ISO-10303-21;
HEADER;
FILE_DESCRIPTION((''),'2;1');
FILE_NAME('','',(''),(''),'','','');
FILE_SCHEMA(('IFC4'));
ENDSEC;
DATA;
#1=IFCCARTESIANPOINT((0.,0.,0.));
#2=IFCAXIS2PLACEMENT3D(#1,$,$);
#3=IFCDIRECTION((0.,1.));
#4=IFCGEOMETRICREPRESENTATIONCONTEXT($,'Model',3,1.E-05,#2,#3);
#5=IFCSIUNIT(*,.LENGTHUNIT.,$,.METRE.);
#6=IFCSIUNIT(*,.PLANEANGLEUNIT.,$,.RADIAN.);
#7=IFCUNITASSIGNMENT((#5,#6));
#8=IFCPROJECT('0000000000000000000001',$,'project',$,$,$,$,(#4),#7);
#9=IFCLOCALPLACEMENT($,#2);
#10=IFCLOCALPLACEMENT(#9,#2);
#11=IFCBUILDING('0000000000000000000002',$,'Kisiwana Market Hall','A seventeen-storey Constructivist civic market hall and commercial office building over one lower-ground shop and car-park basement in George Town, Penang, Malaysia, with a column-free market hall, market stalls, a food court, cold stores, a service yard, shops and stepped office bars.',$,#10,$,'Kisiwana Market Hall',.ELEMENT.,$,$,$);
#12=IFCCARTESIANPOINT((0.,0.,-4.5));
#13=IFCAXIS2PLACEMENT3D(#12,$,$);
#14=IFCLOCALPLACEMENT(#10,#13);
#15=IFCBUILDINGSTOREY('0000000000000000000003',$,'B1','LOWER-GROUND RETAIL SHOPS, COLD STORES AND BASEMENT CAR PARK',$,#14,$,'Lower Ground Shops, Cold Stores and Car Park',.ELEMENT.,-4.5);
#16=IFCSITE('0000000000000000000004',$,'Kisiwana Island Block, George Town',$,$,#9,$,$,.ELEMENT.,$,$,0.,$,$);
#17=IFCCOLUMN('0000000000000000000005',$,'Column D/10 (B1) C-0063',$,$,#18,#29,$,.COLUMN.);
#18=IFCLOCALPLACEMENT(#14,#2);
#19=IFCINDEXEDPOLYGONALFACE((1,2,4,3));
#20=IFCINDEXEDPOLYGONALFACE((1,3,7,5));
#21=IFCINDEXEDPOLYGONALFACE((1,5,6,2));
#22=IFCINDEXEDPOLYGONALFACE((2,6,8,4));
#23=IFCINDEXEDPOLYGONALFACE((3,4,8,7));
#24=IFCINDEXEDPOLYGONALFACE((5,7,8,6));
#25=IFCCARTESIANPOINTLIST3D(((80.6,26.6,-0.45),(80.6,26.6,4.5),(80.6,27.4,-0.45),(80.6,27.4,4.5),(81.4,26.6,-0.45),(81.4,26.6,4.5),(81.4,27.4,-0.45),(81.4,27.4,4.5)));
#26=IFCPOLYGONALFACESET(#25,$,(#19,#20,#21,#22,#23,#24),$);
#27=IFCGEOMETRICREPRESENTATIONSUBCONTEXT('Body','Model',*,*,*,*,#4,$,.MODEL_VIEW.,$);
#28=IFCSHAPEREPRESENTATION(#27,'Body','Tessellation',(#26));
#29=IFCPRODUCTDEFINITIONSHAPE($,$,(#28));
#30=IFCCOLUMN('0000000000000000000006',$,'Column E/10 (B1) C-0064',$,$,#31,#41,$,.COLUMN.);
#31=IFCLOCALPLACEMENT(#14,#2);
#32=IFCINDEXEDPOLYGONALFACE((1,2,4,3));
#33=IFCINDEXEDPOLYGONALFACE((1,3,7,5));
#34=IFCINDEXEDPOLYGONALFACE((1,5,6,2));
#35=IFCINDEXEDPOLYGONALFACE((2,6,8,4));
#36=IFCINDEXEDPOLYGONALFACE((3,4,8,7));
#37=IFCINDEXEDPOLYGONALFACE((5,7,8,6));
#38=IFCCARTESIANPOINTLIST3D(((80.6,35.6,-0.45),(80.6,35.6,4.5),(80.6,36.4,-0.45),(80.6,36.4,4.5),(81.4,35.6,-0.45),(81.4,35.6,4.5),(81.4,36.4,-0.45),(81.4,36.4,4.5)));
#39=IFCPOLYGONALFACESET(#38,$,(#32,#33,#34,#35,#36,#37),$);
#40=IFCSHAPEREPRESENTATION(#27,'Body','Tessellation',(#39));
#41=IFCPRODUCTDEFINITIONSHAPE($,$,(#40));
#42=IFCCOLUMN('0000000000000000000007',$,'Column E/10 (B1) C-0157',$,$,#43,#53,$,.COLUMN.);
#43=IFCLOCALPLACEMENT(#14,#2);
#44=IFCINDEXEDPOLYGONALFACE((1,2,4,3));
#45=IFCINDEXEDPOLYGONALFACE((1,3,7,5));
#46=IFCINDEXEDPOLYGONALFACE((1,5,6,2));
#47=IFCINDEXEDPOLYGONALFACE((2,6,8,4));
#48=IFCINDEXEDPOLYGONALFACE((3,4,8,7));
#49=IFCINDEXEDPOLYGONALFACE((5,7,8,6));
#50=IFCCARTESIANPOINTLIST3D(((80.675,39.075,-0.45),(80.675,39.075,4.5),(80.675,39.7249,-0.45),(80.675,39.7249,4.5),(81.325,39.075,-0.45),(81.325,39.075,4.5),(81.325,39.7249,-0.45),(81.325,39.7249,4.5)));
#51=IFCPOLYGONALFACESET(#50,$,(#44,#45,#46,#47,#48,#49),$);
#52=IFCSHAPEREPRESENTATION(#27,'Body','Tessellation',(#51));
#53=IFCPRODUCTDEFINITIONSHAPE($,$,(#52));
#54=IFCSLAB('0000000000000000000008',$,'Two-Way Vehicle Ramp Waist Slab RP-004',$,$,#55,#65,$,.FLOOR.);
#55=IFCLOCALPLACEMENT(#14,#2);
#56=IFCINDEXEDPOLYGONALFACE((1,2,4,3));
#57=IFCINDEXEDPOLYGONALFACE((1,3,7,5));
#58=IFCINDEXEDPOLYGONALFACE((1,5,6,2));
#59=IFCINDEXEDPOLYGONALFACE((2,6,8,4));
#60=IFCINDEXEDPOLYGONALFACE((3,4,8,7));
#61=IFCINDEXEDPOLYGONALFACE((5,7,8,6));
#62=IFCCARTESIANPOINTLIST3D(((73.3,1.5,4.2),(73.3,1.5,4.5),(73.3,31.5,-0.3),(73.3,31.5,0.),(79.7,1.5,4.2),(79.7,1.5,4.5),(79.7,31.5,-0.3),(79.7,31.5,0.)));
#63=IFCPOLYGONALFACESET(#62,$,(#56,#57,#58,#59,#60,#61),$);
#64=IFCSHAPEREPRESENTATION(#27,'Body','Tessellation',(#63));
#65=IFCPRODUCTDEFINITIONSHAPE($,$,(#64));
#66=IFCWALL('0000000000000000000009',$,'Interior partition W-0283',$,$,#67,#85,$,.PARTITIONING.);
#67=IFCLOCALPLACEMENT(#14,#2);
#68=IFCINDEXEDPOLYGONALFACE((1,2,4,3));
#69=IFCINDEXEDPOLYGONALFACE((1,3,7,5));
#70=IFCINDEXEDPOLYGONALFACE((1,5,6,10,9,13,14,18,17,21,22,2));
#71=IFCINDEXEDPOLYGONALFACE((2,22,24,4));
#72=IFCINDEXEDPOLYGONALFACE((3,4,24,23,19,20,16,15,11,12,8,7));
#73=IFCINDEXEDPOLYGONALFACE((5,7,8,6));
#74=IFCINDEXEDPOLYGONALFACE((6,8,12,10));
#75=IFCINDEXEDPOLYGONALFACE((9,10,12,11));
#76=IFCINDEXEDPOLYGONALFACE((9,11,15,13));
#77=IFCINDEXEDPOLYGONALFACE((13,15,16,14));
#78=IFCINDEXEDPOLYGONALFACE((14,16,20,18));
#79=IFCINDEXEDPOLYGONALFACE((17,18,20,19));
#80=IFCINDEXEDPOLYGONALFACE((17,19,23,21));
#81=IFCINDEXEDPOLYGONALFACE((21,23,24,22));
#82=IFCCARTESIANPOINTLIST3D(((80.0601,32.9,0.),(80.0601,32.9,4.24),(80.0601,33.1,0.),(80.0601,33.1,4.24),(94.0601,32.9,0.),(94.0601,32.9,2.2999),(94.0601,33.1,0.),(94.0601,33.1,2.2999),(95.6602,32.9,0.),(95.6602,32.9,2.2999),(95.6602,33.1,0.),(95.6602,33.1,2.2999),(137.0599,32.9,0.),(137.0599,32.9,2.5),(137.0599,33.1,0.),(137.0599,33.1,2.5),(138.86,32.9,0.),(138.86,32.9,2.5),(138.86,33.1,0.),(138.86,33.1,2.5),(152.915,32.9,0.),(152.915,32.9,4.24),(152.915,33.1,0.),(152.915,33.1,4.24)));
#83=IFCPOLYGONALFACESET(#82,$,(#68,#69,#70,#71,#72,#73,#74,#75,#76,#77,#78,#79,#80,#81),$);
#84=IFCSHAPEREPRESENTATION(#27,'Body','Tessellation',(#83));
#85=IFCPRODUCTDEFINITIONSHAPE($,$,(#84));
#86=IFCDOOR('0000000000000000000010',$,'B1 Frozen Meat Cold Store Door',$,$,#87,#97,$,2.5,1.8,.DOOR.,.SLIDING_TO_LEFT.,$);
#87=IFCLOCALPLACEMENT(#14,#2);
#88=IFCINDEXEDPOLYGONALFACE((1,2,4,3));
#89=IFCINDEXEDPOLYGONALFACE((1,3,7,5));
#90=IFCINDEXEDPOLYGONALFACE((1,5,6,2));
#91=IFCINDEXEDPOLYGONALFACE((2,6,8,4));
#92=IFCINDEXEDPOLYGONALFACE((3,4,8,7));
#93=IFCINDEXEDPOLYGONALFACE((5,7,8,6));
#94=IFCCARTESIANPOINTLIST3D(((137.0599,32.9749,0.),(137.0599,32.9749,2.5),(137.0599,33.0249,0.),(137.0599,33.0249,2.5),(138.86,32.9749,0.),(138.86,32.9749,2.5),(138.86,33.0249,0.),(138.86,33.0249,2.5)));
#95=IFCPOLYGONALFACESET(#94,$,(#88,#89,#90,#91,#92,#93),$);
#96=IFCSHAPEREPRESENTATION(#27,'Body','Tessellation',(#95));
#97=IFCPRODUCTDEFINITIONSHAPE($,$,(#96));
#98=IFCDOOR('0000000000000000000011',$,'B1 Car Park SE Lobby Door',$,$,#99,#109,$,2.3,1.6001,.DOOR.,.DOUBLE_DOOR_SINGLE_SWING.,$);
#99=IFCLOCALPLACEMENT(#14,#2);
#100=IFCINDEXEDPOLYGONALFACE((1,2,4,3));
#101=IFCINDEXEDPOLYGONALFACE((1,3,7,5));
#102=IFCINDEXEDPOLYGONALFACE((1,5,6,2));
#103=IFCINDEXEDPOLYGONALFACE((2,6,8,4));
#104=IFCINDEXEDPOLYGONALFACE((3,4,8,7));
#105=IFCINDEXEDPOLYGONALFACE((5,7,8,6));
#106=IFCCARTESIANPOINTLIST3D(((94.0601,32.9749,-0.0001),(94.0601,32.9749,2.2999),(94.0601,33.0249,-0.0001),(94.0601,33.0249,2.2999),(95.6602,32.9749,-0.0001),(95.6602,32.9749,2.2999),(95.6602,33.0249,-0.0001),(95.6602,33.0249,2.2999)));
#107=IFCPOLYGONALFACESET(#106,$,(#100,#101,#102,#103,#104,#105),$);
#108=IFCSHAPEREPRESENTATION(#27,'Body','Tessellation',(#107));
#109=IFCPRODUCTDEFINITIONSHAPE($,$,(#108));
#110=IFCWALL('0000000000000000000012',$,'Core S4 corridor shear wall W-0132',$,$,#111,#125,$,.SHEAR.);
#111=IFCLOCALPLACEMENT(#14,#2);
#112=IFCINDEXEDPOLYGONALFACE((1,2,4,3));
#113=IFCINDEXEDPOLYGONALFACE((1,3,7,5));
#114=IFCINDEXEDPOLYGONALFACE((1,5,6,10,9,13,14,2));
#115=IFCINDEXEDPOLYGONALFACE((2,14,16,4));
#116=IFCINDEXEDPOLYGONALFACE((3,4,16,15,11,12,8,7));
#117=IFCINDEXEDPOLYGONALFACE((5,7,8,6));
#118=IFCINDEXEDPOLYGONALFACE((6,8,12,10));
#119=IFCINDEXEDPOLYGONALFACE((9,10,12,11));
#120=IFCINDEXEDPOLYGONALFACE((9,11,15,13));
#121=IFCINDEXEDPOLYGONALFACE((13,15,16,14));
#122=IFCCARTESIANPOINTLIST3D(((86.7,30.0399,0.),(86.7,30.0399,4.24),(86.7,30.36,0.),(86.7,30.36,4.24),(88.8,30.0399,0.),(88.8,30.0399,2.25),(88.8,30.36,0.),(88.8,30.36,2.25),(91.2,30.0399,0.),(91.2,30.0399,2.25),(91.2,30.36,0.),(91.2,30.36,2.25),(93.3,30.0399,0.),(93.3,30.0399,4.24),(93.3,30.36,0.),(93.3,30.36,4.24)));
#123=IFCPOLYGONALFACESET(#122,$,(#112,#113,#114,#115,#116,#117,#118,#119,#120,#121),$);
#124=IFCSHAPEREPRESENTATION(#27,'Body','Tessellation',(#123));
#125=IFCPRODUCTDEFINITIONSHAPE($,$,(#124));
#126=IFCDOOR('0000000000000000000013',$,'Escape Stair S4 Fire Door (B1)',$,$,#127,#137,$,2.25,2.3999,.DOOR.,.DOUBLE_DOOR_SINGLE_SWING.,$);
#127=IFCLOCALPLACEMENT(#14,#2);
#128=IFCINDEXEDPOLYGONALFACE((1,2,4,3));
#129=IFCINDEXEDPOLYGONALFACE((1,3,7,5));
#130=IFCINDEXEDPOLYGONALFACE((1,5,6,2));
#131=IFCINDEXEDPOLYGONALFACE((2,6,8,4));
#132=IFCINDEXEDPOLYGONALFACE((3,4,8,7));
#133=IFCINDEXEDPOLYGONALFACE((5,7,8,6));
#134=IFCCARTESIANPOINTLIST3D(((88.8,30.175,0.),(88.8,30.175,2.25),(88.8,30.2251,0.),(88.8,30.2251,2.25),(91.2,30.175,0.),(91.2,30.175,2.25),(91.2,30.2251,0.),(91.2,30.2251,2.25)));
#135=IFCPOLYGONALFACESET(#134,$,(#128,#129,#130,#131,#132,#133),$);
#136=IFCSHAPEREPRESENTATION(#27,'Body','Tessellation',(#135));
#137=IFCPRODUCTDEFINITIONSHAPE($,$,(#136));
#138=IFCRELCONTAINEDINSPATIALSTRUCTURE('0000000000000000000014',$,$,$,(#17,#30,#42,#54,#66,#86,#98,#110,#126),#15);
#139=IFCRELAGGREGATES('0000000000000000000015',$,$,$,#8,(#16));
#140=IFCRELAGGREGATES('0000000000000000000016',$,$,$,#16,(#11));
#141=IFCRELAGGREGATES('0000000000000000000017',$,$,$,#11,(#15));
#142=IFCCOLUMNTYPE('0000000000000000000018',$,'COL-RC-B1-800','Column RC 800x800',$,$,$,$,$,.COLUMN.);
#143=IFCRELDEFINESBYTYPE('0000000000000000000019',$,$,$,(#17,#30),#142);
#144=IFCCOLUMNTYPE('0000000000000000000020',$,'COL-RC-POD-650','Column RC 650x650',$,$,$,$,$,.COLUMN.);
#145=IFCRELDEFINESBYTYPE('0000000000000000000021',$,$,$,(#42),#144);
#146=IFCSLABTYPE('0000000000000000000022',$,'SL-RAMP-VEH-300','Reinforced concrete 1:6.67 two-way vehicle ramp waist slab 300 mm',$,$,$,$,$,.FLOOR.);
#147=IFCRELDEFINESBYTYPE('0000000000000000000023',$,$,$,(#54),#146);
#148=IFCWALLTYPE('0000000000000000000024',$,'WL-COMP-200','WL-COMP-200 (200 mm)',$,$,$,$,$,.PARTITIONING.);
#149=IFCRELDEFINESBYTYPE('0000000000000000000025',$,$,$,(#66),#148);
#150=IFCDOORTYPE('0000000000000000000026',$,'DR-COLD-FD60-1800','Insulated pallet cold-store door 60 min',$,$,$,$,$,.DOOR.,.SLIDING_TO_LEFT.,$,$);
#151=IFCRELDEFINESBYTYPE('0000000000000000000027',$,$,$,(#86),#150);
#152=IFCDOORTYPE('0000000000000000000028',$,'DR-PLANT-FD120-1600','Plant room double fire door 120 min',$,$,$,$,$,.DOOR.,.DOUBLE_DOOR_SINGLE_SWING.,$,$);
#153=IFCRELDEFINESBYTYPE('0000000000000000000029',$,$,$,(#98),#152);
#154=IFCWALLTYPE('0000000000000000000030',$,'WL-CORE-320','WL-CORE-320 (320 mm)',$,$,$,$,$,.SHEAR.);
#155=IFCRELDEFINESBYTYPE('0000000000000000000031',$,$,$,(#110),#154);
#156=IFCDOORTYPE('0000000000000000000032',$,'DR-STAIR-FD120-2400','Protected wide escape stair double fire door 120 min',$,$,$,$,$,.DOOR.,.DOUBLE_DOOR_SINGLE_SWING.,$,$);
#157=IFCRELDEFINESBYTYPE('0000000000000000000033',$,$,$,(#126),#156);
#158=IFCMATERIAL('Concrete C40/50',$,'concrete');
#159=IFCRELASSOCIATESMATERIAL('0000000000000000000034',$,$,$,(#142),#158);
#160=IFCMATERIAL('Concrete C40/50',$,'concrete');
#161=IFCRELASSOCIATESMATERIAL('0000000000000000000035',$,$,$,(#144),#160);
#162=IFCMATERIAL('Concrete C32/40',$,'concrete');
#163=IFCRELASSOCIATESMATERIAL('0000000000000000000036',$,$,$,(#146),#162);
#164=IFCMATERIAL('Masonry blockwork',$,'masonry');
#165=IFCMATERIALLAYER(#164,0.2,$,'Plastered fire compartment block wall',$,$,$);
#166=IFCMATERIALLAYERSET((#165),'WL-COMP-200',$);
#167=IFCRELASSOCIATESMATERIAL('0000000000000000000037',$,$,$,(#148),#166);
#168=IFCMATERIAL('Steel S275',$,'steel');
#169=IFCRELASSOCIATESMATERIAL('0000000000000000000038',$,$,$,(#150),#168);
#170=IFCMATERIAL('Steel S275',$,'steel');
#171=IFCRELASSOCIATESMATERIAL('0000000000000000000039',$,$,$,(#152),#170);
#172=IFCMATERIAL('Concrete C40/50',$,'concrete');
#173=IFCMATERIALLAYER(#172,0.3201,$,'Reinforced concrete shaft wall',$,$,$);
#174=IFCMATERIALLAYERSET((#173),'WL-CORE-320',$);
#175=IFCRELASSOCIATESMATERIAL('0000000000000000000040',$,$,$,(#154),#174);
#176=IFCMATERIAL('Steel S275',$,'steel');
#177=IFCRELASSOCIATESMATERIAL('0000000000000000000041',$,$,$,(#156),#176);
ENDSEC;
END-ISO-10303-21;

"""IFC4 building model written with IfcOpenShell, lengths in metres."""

from ifc_helpers import new_model, si_unit, direction, frame, frame_2d, origin, origin_2d, place, context, subcontext, project, spatial, polyline, rectangle, outline, extrude, material, layer, layer_set, material_profile, profile_set, type_object, element, fill, save


model = new_model("IFC4")

# Units and contexts
model_context = context("Model", 3, precision=1e-05, world=origin(), true_north=direction((0.0, 1.0)))
body_context = subcontext(model_context, "Body", "Model", "MODEL_VIEW")
ifc_project = project(units=[si_unit("LENGTHUNIT", "METRE"), si_unit("PLANEANGLEUNIT", "RADIAN")], contexts=[model_context])

# Site, building, storey
site_placement = place(None, origin())
site = spatial("IfcSite", under=ifc_project, at=site_placement, Name="Kisiwana Island Block, George Town", CompositionType="ELEMENT", RefElevation=0.0)
building_placement = place(site_placement, origin())
building = spatial("IfcBuilding", under=site, at=building_placement, Name="Kisiwana Market Hall", Description="A seventeen-storey Constructivist civic market hall and commercial office building over one lower-ground shop and car-park basement in George Town, Penang, Malaysia, with a column-free market hall, market stalls, a food court, cold stores, a service yard, shops and stepped office bars.", LongName="Kisiwana Market Hall", CompositionType="ELEMENT")
storey_placement = place(building_placement, frame((0.0, 0.0, -4.5)))
storey = spatial("IfcBuildingStorey", under=building, at=storey_placement, Name="B1", Description="LOWER-GROUND RETAIL SHOPS, COLD STORES AND BASEMENT CAR PARK", LongName="Lower Ground Shops, Cold Stores and Car Park", CompositionType="ELEMENT", Elevation=-4.5)

# Columns
ifc_material_1 = material(Name="Concrete C40/50", Category="concrete")
ifc_material_profile_1 = material_profile(ifc_material_1, rectangle(XDim=0.8, YDim=0.8, at=origin_2d()), Name="RC 800x800")
ifc_profile_set_1 = profile_set([ifc_material_profile_1], Name="Concrete C40/50")
column_type_1 = type_object("IfcColumnType", Name="COL-RC-B1-800", Description="Column RC 800x800", PredefinedType="COLUMN", material=ifc_profile_set_1)
for number, where, z_axis, x_axis, name in (
    (1, (81.0, 27.0, -0.45), (0.0, 0.0, 1.0), (1.0, 0.0, 0.0), "Column D/10 (B1) C-0063"),
    (2, (81.0, 36.0, -0.45), (0.0, 0.0, 1.0), (1.0, 0.0, 0.0), "Column E/10 (B1) C-0064"),
):
    element("IfcColumn", number, at=place(storey_placement, frame(where, z_axis=z_axis, x_axis=x_axis)), inside=storey, type_object=column_type_1, Name=name, PredefinedType="COLUMN", context=body_context, shape_type="SweptSolid", body=[
        extrude(rectangle(XDim=0.8, YDim=0.8, at=origin_2d()), origin(), (0.0, 0.0, 1.0), 4.95),
    ])
ifc_material_2 = material(Name="Concrete C40/50", Category="concrete")
ifc_material_profile_2 = material_profile(ifc_material_2, rectangle(XDim=0.6499, YDim=0.6499, at=origin_2d()), Name="RC 650x650")
ifc_profile_set_2 = profile_set([ifc_material_profile_2], Name="Concrete C40/50")
column_type_2 = type_object("IfcColumnType", Name="COL-RC-POD-650", Description="Column RC 650x650", PredefinedType="COLUMN", material=ifc_profile_set_2)
column_placement = place(storey_placement, frame((81.0, 39.3999, -0.45), z_axis=(0.0, 0.0, 1.0), x_axis=(1.0, 0.0, 0.0)))
element("IfcColumn", 3, at=column_placement, inside=storey, type_object=column_type_2, Name="Column E/10 (B1) C-0157", PredefinedType="COLUMN", context=body_context, shape_type="SweptSolid", body=[
    extrude(rectangle(XDim=0.6499, YDim=0.6499, at=origin_2d()), origin(), (0.0, 0.0, 1.0), 4.95),
])

# Slab
ifc_material_3 = material(Name="Concrete C32/40", Category="concrete")
slab_type = type_object("IfcSlabType", Name="SL-RAMP-VEH-300", Description="Reinforced concrete 1:6.67 two-way vehicle ramp waist slab 300 mm", PredefinedType="FLOOR", material=ifc_material_3)
slab_placement = place(storey_placement, frame((76.5, 31.5, 0.0), z_axis=(0.0, 0.0, 1.0), x_axis=(0.0, -1.0, 0.0)))
element("IfcSlab", 4, at=slab_placement, inside=storey, type_object=slab_type, Name="Two-Way Vehicle Ramp Waist Slab RP-004", PredefinedType="FLOOR", context=body_context, shape_type="SweptSolid", body=[
    extrude(outline(polyline([(0.0, -0.3), (30.0, 4.2), (30.0, 4.5), (0.0, 0.0), (0.0, -0.3)])), frame((0.0, 3.2, 0.0), z_axis=(0.0, -1.0, 0.0), x_axis=(1.0, 0.0, 0.0)), (0.0, 0.0, 1.0), 6.3999),
])

# Wall, openings, doors
ifc_material_4 = material(Name="Masonry blockwork", Category="masonry")
ifc_layer_1 = layer(ifc_material_4, 0.2, Name="Plastered fire compartment block wall")
ifc_layer_set_1 = layer_set([ifc_layer_1], Name="WL-COMP-200")
wall_type_1 = type_object("IfcWallType", Name="WL-COMP-200", Description="WL-COMP-200 (200 mm)", PredefinedType="PARTITIONING", material=ifc_layer_set_1)
wall_1_placement = place(storey_placement, frame((80.0601, 33.0, 0.0), z_axis=(0.0, 0.0, 1.0), x_axis=(1.0, 0.0, 0.0)))
wall_1 = element("IfcWall", 5, at=wall_1_placement, inside=storey, type_object=wall_type_1, Name="Interior partition W-0283", PredefinedType="PARTITIONING", context=body_context, shape_type="SweptSolid", body=[
    extrude(rectangle(XDim=72.855, YDim=0.2, at=frame_2d((36.4275, 0.0))), origin(), (0.0, 0.0, 1.0), 4.24),
])
opening_1_placement = place(wall_1_placement, frame((14.0, 0.0, 0.0)))
opening_1 = element("IfcOpeningElement", 6, at=opening_1_placement, cuts=wall_1, PredefinedType="OPENING", context=body_context, shape_type="SweptSolid", body=[
    extrude(rectangle(XDim=1.6001, YDim=2.3, at=frame_2d((0.8, 1.1499))), frame((0.0, 0.1118, 0.0), z_axis=(0.0, -1.0, 0.0), x_axis=(1.0, 0.0, 0.0)), (0.0, 0.0, 1.0), 0.2239),
])
opening_2_placement = place(wall_1_placement, frame((57.0, 0.0, 0.0)))
opening_2 = element("IfcOpeningElement", 7, at=opening_2_placement, cuts=wall_1, PredefinedType="OPENING", context=body_context, shape_type="SweptSolid", body=[
    extrude(rectangle(XDim=1.8, YDim=2.5, at=frame_2d((0.8999, 1.25))), frame((0.0, 0.1118, 0.0), z_axis=(0.0, -1.0, 0.0), x_axis=(1.0, 0.0, 0.0)), (0.0, 0.0, 1.0), 0.2239),
])
ifc_material_5 = material(Name="Steel S275", Category="steel")
door_type_1 = type_object("IfcDoorType", Name="DR-COLD-FD60-1800", Description="Insulated pallet cold-store door 60 min", OperationType="SLIDING_TO_LEFT", PredefinedType="DOOR", material=ifc_material_5)
door_1_placement = place(opening_2_placement, origin())
door_1 = element("IfcDoor", 8, at=door_1_placement, inside=storey, type_object=door_type_1, Name="B1 Frozen Meat Cold Store Door", OperationType="SLIDING_TO_LEFT", OverallHeight=2.5, OverallWidth=1.8, PredefinedType="DOOR", context=body_context, shape_type="SweptSolid", body=[
    extrude(rectangle(XDim=1.8, YDim=2.5, at=frame_2d((0.8999, 1.25))), frame((0.0, 0.0249, 0.0), z_axis=(0.0, -1.0, 0.0), x_axis=(1.0, 0.0, 0.0)), (0.0, 0.0, 1.0), 0.05),
])
fill(opening_2, door_1)
ifc_material_6 = material(Name="Steel S275", Category="steel")
door_type_2 = type_object("IfcDoorType", Name="DR-PLANT-FD120-1600", Description="Plant room double fire door 120 min", OperationType="DOUBLE_DOOR_SINGLE_SWING", PredefinedType="DOOR", material=ifc_material_6)
door_2_placement = place(opening_1_placement, origin())
door_2 = element("IfcDoor", 9, at=door_2_placement, inside=storey, type_object=door_type_2, Name="B1 Car Park SE Lobby Door", OperationType="DOUBLE_DOOR_SINGLE_SWING", OverallHeight=2.3, OverallWidth=1.6001, PredefinedType="DOOR", context=body_context, shape_type="SweptSolid", body=[
    extrude(rectangle(XDim=1.6001, YDim=2.3, at=frame_2d((0.8, 1.1499))), frame((0.0, 0.0249, 0.0), z_axis=(0.0, -1.0, 0.0), x_axis=(1.0, 0.0, 0.0)), (0.0, 0.0, 1.0), 0.05),
])
fill(opening_1, door_2)

# Wall, opening, door
ifc_material_7 = material(Name="Concrete C40/50", Category="concrete")
ifc_layer_2 = layer(ifc_material_7, 0.3201, Name="Reinforced concrete shaft wall")
ifc_layer_set_2 = layer_set([ifc_layer_2], Name="WL-CORE-320")
wall_type_2 = type_object("IfcWallType", Name="WL-CORE-320", Description="WL-CORE-320 (320 mm)", PredefinedType="SHEAR", material=ifc_layer_set_2)
wall_2_placement = place(storey_placement, frame((86.7, 30.2, 0.0), z_axis=(0.0, 0.0, 1.0), x_axis=(1.0, 0.0, 0.0)))
wall_2 = element("IfcWall", 10, at=wall_2_placement, inside=storey, type_object=wall_type_2, Name="Core S4 corridor shear wall W-0132", PredefinedType="SHEAR", context=body_context, shape_type="SweptSolid", body=[
    extrude(rectangle(XDim=6.6001, YDim=0.3201, at=frame_2d((3.3, 0.0))), origin(), (0.0, 0.0, 1.0), 4.24),
])
opening_3_placement = place(wall_2_placement, frame((2.1001, 0.0, 0.0)))
opening_3 = element("IfcOpeningElement", 11, at=opening_3_placement, cuts=wall_2, PredefinedType="OPENING", context=body_context, shape_type="SweptSolid", body=[
    extrude(rectangle(XDim=2.3999, YDim=2.25, at=frame_2d((1.2, 1.125))), frame((0.0, 0.1719, 0.0), z_axis=(0.0, -1.0, 0.0), x_axis=(1.0, 0.0, 0.0)), (0.0, 0.0, 1.0), 0.344),
])
ifc_material_8 = material(Name="Steel S275", Category="steel")
door_type_3 = type_object("IfcDoorType", Name="DR-STAIR-FD120-2400", Description="Protected wide escape stair double fire door 120 min", OperationType="DOUBLE_DOOR_SINGLE_SWING", PredefinedType="DOOR", material=ifc_material_8)
door_3_placement = place(opening_3_placement, frame((2.3999, 0.0, 0.0), z_axis=(0.0, 0.0, 1.0), x_axis=(-1.0, 0.0, 0.0)))
door_3 = element("IfcDoor", 12, at=door_3_placement, inside=storey, type_object=door_type_3, Name="Escape Stair S4 Fire Door (B1)", OperationType="DOUBLE_DOOR_SINGLE_SWING", OverallHeight=2.25, OverallWidth=2.3999, PredefinedType="DOOR", context=body_context, shape_type="SweptSolid", body=[
    extrude(rectangle(XDim=2.3999, YDim=2.25, at=frame_2d((1.2, 1.125))), frame((0.0, 0.0249, 0.0), z_axis=(0.0, -1.0, 0.0), x_axis=(1.0, 0.0, 0.0)), (0.0, 0.0, 1.0), 0.05),
])
fill(opening_3, door_3)

save(model, "model.ifc")
